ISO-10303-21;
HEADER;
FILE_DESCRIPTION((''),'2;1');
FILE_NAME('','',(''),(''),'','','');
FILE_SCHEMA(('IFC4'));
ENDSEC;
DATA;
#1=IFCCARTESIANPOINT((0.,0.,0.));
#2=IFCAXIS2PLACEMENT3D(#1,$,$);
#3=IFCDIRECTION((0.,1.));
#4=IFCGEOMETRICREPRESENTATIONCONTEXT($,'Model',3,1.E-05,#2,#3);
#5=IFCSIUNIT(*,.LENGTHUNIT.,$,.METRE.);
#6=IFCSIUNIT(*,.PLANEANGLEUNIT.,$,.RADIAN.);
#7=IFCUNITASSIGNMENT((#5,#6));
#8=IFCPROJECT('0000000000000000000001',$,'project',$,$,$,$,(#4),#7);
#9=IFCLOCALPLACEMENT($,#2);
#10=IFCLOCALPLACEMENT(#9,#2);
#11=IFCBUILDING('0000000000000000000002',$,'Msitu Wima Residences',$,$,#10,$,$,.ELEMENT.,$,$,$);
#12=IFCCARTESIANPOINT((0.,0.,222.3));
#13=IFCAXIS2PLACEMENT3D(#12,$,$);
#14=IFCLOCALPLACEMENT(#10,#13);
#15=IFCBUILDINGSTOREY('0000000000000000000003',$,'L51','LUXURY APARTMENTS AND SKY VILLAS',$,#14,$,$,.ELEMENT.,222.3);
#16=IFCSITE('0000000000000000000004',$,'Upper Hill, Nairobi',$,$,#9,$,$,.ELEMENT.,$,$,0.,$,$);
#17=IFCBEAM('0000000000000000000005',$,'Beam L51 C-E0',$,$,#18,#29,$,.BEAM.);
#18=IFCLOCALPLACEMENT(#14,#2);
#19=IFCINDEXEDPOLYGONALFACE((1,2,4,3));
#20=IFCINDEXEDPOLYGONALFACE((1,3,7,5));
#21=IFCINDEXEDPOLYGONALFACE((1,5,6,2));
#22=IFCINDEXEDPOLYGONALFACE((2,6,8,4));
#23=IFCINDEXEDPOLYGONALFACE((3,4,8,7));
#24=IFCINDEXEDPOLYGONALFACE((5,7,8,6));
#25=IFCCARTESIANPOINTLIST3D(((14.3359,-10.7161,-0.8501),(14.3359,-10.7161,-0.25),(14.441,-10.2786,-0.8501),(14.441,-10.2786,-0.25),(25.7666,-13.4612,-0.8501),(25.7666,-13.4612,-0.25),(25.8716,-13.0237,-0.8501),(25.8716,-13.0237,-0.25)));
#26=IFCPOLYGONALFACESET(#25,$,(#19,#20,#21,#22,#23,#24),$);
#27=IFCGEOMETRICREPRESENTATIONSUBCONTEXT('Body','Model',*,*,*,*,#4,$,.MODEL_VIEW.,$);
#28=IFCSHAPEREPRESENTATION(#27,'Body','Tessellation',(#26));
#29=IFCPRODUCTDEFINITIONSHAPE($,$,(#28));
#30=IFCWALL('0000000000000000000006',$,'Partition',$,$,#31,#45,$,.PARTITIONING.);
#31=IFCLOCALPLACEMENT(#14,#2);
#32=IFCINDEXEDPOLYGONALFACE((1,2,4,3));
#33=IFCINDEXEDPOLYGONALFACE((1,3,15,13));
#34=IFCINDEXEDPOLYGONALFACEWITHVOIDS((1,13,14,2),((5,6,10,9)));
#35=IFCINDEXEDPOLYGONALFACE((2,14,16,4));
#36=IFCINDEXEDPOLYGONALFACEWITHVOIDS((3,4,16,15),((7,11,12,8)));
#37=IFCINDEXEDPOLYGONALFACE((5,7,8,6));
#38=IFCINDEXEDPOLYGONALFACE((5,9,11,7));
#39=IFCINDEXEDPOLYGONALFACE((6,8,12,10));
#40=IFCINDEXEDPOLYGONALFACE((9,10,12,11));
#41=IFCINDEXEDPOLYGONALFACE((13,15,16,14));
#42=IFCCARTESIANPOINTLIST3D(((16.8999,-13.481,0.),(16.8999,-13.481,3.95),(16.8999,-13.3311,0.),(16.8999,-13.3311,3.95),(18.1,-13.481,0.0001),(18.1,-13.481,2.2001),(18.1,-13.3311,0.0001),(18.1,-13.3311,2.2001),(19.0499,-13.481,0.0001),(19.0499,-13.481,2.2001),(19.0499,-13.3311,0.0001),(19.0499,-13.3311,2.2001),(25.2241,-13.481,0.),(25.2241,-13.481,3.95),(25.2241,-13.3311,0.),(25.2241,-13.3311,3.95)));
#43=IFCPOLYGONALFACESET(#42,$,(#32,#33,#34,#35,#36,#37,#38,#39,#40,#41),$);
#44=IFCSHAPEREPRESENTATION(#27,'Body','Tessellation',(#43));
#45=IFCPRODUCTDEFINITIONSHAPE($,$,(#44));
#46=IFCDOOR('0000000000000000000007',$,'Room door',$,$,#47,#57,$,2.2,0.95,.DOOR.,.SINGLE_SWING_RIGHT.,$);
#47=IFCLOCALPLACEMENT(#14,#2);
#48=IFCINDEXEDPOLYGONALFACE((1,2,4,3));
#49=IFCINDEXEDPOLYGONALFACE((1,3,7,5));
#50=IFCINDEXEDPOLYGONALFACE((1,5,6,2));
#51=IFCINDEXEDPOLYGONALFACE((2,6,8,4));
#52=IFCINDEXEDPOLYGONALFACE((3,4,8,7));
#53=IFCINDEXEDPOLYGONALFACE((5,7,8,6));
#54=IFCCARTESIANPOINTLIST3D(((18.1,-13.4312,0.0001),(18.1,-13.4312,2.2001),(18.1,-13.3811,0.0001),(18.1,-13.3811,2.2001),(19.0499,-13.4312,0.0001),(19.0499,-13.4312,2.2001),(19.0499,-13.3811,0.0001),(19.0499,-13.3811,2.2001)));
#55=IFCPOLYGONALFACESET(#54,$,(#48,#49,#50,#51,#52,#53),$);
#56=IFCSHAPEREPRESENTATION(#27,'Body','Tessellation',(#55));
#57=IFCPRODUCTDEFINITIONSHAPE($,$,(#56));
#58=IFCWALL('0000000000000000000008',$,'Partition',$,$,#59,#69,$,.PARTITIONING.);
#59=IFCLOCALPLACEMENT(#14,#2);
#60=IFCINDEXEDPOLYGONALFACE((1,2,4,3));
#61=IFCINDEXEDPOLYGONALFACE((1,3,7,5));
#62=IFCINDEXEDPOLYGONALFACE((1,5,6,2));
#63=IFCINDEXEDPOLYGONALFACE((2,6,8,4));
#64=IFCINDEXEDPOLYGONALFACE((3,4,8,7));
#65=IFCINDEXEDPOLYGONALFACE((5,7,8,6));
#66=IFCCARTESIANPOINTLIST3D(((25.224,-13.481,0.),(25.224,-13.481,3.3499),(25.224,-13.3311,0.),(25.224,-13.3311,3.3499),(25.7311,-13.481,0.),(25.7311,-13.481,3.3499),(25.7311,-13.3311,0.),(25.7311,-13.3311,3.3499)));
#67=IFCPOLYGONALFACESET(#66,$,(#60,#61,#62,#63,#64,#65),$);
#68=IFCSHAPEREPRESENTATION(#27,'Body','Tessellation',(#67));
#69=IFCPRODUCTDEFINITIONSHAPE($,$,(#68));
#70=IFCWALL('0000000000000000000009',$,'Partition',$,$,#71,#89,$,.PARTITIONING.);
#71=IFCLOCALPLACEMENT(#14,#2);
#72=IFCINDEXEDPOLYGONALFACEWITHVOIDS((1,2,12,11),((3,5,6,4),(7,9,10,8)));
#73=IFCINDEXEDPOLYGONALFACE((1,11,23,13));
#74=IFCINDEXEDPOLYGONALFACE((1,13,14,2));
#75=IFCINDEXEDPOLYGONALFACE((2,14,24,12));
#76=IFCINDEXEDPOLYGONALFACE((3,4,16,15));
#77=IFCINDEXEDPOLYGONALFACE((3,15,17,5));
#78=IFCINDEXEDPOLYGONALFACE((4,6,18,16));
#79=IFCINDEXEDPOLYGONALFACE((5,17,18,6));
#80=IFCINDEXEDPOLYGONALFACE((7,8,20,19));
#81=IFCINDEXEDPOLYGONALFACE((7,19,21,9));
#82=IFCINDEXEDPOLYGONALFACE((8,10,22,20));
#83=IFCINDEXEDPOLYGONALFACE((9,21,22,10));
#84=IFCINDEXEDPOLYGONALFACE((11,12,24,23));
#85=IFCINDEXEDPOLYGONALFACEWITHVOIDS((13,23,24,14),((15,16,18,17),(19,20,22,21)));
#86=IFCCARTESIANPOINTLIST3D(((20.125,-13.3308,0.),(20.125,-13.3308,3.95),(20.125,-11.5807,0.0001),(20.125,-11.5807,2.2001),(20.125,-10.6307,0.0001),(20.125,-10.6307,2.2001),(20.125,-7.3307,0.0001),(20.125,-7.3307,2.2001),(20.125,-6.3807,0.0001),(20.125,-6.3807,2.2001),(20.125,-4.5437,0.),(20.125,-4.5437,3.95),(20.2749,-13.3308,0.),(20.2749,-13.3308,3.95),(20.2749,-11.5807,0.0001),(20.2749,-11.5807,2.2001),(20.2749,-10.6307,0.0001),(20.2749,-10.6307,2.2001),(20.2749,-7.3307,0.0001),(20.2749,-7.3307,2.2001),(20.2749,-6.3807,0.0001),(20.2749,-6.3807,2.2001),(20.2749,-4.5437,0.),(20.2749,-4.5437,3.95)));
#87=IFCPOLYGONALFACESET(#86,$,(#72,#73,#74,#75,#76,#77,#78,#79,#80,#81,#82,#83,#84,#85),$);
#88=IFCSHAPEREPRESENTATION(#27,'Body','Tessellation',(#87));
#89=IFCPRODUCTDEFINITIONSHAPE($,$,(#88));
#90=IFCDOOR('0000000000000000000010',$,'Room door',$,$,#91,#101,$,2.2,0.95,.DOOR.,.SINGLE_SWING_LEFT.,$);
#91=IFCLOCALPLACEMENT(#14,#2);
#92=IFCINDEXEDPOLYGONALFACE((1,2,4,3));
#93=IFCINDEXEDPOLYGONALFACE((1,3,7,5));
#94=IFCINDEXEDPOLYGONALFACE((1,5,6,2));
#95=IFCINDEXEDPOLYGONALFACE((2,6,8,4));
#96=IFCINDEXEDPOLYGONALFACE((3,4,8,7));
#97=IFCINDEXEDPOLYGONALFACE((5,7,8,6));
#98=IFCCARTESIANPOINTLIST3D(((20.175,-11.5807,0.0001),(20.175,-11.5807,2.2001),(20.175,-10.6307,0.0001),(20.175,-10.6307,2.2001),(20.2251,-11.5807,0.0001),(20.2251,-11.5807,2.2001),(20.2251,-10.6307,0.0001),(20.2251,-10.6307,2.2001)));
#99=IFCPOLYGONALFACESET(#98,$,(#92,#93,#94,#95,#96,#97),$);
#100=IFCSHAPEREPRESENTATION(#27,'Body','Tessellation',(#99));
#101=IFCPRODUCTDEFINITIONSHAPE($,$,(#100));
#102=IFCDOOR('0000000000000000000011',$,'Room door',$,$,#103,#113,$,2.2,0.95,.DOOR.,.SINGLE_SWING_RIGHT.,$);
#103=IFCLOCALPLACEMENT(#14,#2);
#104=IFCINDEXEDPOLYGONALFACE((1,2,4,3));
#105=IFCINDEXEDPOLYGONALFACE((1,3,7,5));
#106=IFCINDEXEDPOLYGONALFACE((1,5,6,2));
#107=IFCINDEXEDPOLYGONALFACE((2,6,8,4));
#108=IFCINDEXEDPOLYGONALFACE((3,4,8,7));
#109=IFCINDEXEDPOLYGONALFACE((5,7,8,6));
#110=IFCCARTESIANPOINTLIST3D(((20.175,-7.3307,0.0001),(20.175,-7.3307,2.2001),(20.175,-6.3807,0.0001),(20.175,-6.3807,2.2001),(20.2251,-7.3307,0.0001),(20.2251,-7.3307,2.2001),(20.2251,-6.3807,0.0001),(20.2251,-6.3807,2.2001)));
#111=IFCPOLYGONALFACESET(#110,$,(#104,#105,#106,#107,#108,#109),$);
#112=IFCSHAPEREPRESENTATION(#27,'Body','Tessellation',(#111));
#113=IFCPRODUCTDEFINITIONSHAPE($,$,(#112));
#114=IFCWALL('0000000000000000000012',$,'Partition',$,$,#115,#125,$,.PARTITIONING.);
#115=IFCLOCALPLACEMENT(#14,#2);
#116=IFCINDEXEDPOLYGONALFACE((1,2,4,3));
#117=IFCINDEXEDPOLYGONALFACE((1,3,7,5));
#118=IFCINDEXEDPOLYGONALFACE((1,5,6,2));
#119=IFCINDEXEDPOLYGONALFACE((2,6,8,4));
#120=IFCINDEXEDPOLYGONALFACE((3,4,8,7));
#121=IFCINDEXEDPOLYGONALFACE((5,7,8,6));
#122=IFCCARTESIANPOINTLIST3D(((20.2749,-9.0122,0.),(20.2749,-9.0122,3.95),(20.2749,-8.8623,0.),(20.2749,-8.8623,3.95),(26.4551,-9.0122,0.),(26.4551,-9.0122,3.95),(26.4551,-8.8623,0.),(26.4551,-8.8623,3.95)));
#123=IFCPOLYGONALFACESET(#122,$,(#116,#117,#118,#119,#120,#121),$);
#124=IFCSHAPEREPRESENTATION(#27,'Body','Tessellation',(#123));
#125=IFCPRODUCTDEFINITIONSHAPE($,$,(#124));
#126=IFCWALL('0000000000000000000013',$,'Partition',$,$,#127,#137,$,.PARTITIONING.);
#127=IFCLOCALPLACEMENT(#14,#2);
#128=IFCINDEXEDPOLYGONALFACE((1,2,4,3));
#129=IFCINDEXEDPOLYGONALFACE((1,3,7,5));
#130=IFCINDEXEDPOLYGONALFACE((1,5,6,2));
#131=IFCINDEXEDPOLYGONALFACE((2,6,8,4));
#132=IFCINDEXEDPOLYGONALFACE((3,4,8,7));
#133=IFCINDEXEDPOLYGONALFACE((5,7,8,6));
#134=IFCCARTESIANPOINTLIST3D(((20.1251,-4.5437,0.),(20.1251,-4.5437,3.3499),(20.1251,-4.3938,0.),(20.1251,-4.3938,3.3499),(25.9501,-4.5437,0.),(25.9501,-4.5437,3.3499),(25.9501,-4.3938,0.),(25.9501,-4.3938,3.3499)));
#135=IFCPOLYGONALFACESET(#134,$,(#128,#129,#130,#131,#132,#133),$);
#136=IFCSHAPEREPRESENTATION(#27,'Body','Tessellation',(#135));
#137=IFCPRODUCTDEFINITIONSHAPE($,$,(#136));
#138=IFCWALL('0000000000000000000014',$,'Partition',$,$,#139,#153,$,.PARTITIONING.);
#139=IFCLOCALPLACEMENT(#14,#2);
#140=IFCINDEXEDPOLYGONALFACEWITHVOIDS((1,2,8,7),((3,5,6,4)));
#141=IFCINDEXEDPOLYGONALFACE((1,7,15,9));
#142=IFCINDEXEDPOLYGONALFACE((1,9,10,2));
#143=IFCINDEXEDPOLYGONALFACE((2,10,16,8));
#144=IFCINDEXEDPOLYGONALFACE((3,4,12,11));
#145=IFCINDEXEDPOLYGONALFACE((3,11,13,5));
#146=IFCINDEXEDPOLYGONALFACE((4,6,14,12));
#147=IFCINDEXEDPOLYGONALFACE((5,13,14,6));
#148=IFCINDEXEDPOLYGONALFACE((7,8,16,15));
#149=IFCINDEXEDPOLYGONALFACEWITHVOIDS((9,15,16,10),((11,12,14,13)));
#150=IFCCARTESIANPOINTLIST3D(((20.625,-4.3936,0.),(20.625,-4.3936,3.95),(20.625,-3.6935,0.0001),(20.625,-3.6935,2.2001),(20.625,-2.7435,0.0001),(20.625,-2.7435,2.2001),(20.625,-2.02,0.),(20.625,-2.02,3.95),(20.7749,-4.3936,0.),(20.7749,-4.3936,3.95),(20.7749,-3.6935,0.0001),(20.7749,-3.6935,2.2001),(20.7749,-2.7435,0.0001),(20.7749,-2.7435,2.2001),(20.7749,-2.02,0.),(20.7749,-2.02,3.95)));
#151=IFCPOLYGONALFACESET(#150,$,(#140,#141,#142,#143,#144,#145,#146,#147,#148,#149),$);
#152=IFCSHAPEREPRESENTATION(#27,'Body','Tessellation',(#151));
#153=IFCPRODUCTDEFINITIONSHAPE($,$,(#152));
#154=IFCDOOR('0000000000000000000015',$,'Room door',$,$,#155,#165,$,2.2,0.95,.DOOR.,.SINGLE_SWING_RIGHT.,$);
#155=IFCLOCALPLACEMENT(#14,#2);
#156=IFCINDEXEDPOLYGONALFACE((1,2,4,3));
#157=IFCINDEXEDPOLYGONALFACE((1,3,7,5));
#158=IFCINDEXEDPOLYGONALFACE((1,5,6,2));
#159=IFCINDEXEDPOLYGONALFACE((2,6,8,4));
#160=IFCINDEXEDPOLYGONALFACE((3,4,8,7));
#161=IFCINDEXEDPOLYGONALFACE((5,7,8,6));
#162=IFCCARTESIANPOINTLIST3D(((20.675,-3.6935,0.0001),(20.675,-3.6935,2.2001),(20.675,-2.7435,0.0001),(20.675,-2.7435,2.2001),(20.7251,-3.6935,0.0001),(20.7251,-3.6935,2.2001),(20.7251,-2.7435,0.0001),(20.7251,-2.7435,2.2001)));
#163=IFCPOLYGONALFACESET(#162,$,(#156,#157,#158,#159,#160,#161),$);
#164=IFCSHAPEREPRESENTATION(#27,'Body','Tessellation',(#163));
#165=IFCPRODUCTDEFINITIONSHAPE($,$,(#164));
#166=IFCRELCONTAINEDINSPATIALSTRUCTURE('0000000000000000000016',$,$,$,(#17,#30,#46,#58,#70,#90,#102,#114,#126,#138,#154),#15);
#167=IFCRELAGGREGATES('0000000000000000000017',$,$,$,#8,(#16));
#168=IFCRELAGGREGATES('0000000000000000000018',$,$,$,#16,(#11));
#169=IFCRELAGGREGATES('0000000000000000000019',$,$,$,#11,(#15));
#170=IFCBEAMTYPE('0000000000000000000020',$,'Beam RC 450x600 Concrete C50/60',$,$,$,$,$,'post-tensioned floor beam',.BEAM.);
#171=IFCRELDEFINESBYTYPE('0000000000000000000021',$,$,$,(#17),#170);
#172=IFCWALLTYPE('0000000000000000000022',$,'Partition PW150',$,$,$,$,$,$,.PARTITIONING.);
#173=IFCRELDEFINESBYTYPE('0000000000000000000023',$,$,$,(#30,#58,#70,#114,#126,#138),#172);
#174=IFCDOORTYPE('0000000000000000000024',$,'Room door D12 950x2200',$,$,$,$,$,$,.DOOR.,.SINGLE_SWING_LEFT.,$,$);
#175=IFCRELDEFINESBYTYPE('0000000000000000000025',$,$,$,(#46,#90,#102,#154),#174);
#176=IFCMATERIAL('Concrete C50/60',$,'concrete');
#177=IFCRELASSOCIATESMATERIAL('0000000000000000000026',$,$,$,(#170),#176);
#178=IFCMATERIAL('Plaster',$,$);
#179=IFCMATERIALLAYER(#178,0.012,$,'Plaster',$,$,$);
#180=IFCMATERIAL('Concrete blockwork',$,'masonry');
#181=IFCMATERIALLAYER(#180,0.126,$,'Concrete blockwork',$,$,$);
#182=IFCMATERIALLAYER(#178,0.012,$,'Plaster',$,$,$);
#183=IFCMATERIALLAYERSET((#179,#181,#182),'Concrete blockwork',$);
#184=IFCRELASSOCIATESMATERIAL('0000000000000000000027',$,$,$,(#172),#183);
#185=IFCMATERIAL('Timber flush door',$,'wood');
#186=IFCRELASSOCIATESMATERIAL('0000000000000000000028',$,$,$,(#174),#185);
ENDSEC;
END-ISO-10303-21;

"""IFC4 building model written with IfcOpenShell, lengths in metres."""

from ifc_helpers import new_model, si_unit, direction, frame, frame_2d, origin, origin_2d, place, context, subcontext, project, spatial, rectangle, extrude, material, layer, layer_set, material_profile, profile_set, type_object, element, fill, save


model = new_model("IFC4")

# Units and contexts
model_context = context("Model", 3, precision=1e-05, world=origin(), true_north=direction((0.0, 1.0)))
body_context = subcontext(model_context, "Body", "Model", "MODEL_VIEW")
ifc_project = project(units=[si_unit("LENGTHUNIT", "METRE"), si_unit("PLANEANGLEUNIT", "RADIAN")], contexts=[model_context])

# Site, building, storey
site_placement = place(None, origin())
site = spatial("IfcSite", under=ifc_project, at=site_placement, Name="Upper Hill, Nairobi", CompositionType="ELEMENT", RefElevation=0.0)
building_placement = place(site_placement, origin())
building = spatial("IfcBuilding", under=site, at=building_placement, Name="Msitu Wima Residences", CompositionType="ELEMENT")
storey_placement = place(building_placement, frame((0.0, 0.0, 222.3)))
storey = spatial("IfcBuildingStorey", under=building, at=storey_placement, Name="L51", Description="LUXURY APARTMENTS AND SKY VILLAS", CompositionType="ELEMENT", Elevation=222.3)

# Beam
ifc_material_1 = material(Name="Concrete C50/60", Category="concrete")
ifc_material_profile = material_profile(ifc_material_1, rectangle(XDim=0.45, YDim=0.6001, at=origin_2d()), Name="RC 450x600")
ifc_profile_set = profile_set([ifc_material_profile], Name="Concrete C50/60")
beam_type = type_object("IfcBeamType", Name="Beam RC 450x600 Concrete C50/60", ElementType="post-tensioned floor beam", PredefinedType="BEAM", material=ifc_profile_set)
beam_placement = place(storey_placement, frame((25.8191, -13.2424, -0.55), z_axis=(-0.972353, 0.233514, 0.0), x_axis=(-0.233514, -0.972353, 0.0)))
element("IfcBeam", 1, at=beam_placement, inside=storey, type_object=beam_type, Name="Beam L51 C-E0", PredefinedType="BEAM", context=body_context, shape_type="SweptSolid", body=[
    extrude(rectangle(XDim=0.45, YDim=0.6001, at=origin_2d()), origin(), (0.0, 0.0, 1.0), 11.7556),
])

# Wall, opening, door
ifc_material_2 = material(Name="Plaster")
ifc_layer_1 = layer(ifc_material_2, 0.012, Name="Plaster")
ifc_material_3 = material(Name="Concrete blockwork", Category="masonry")
ifc_layer_2 = layer(ifc_material_3, 0.126, Name="Concrete blockwork")
ifc_layer_3 = layer(ifc_material_2, 0.012, Name="Plaster")
ifc_layer_set_1 = layer_set([ifc_layer_1, ifc_layer_2, ifc_layer_3], Name="Concrete blockwork")
wall_type_1 = type_object("IfcWallType", Name="Partition PW150", PredefinedType="PARTITIONING", material=ifc_layer_set_1)
wall_1_placement = place(storey_placement, frame((16.8999, -13.406, 0.0), z_axis=(0.0, 0.0, 1.0), x_axis=(1.0, 0.0, 0.0)))
wall_1 = element("IfcWall", 2, at=wall_1_placement, inside=storey, type_object=wall_type_1, Name="Partition", PredefinedType="PARTITIONING", context=body_context, shape_type="SweptSolid", body=[
    extrude(rectangle(XDim=8.3242, YDim=0.1499, at=frame_2d((4.1621, 0.0))), origin(), (0.0, 0.0, 1.0), 3.95),
])
opening_1_placement = place(wall_1_placement, frame((1.2, 0.0, 0.0)))
opening_1 = element("IfcOpeningElement", 3, at=opening_1_placement, cuts=wall_1, PredefinedType="OPENING", context=body_context, shape_type="SweptSolid", body=[
    extrude(rectangle(XDim=0.95, YDim=2.2, at=frame_2d((0.4751, 1.1001))), frame((0.0, 0.085, 0.0), z_axis=(0.0, -1.0, 0.0), x_axis=(1.0, 0.0, 0.0)), (0.0, 0.0, 1.0), 0.1699),
])
ifc_material_4 = material(Name="Timber flush door", Category="wood")
door_type_1 = type_object("IfcDoorType", Name="Room door D12 950x2200", OperationType="SINGLE_SWING_LEFT", PredefinedType="DOOR", material=ifc_material_4)
door_1_placement = place(opening_1_placement, origin())
door_1 = element("IfcDoor", 4, at=door_1_placement, inside=storey, type_object=door_type_1, Name="Room door", OperationType="SINGLE_SWING_RIGHT", OverallHeight=2.2, OverallWidth=0.95, PredefinedType="DOOR", context=body_context, shape_type="SweptSolid", body=[
    extrude(rectangle(XDim=0.95, YDim=2.2, at=frame_2d((0.4751, 1.1001))), frame((0.0, 0.0249, 0.0), z_axis=(0.0, -1.0, 0.0), x_axis=(1.0, 0.0, 0.0)), (0.0, 0.0, 1.0), 0.05),
])
fill(opening_1, door_1)

# Wall
wall_2_placement = place(storey_placement, frame((25.2241, -13.406, 0.0), z_axis=(0.0, 0.0, 1.0), x_axis=(1.0, 0.0, 0.0)))
element("IfcWall", 5, at=wall_2_placement, inside=storey, type_object=wall_type_1, Name="Partition", PredefinedType="PARTITIONING", context=body_context, shape_type="SweptSolid", body=[
    extrude(rectangle(XDim=0.5071, YDim=0.1499, at=frame_2d((0.2534, 0.0))), origin(), (0.0, 0.0, 1.0), 3.3499),
])

# Wall, openings, doors
wall_3_placement = place(storey_placement, frame((20.2, -13.3308, 0.0), z_axis=(0.0, 0.0, 1.0), x_axis=(0.0, 1.0, 0.0)))
wall_3 = element("IfcWall", 6, at=wall_3_placement, inside=storey, type_object=wall_type_1, Name="Partition", PredefinedType="PARTITIONING", context=body_context, shape_type="SweptSolid", body=[
    extrude(rectangle(XDim=8.7871, YDim=0.1499, at=frame_2d((4.3936, 0.0))), origin(), (0.0, 0.0, 1.0), 3.95),
])
opening_2_placement = place(wall_3_placement, frame((1.75, 0.0, 0.0)))
opening_2 = element("IfcOpeningElement", 7, at=opening_2_placement, cuts=wall_3, PredefinedType="OPENING", context=body_context, shape_type="SweptSolid", body=[
    extrude(rectangle(XDim=0.95, YDim=2.2, at=frame_2d((0.4751, 1.1001))), frame((0.0, 0.085, 0.0), z_axis=(0.0, -1.0, 0.0), x_axis=(1.0, 0.0, 0.0)), (0.0, 0.0, 1.0), 0.1699),
])
opening_3_placement = place(wall_3_placement, frame((6.0, 0.0, 0.0)))
opening_3 = element("IfcOpeningElement", 8, at=opening_3_placement, cuts=wall_3, PredefinedType="OPENING", context=body_context, shape_type="SweptSolid", body=[
    extrude(rectangle(XDim=0.95, YDim=2.2, at=frame_2d((0.4751, 1.1001))), frame((0.0, 0.085, 0.0), z_axis=(0.0, -1.0, 0.0), x_axis=(1.0, 0.0, 0.0)), (0.0, 0.0, 1.0), 0.1699),
])
door_2_placement = place(opening_2_placement, origin())
door_2 = element("IfcDoor", 9, at=door_2_placement, inside=storey, type_object=door_type_1, Name="Room door", OperationType="SINGLE_SWING_LEFT", OverallHeight=2.2, OverallWidth=0.95, PredefinedType="DOOR", context=body_context, shape_type="SweptSolid", body=[
    extrude(rectangle(XDim=0.95, YDim=2.2, at=frame_2d((0.4751, 1.1001))), frame((0.0, 0.0249, 0.0), z_axis=(0.0, -1.0, 0.0), x_axis=(1.0, 0.0, 0.0)), (0.0, 0.0, 1.0), 0.05),
])
fill(opening_2, door_2)
door_3_placement = place(opening_3_placement, origin())
door_3 = element("IfcDoor", 10, at=door_3_placement, inside=storey, type_object=door_type_1, Name="Room door", OperationType="SINGLE_SWING_RIGHT", OverallHeight=2.2, OverallWidth=0.95, PredefinedType="DOOR", context=body_context, shape_type="SweptSolid", body=[
    extrude(rectangle(XDim=0.95, YDim=2.2, at=frame_2d((0.4751, 1.1001))), frame((0.0, 0.0249, 0.0), z_axis=(0.0, -1.0, 0.0), x_axis=(1.0, 0.0, 0.0)), (0.0, 0.0, 1.0), 0.05),
])
fill(opening_3, door_3)

# Walls
wall_4_placement = place(storey_placement, frame((20.2749, -8.9373, 0.0), z_axis=(0.0, 0.0, 1.0), x_axis=(1.0, 0.0, 0.0)))
element("IfcWall", 11, at=wall_4_placement, inside=storey, type_object=wall_type_1, Name="Partition", PredefinedType="PARTITIONING", context=body_context, shape_type="SweptSolid", body=[
    extrude(rectangle(XDim=6.1802, YDim=0.1499, at=frame_2d((3.0901, 0.0))), origin(), (0.0, 0.0, 1.0), 3.95),
])
wall_5_placement = place(storey_placement, frame((20.125, -4.4688, 0.0), z_axis=(0.0, 0.0, 1.0), x_axis=(1.0, 0.0, 0.0)))
element("IfcWall", 12, at=wall_5_placement, inside=storey, type_object=wall_type_1, Name="Partition", PredefinedType="PARTITIONING", context=body_context, shape_type="SweptSolid", body=[
    extrude(rectangle(XDim=5.825, YDim=0.1499, at=frame_2d((2.9126, 0.0))), origin(), (0.0, 0.0, 1.0), 3.3499),
])

# Wall, opening, door
wall_6_placement = place(storey_placement, frame((20.7, -4.3936, 0.0), z_axis=(0.0, 0.0, 1.0), x_axis=(0.0, 1.0, 0.0)))
wall_6 = element("IfcWall", 13, at=wall_6_placement, inside=storey, type_object=wall_type_1, Name="Partition", PredefinedType="PARTITIONING", context=body_context, shape_type="SweptSolid", body=[
    extrude(rectangle(XDim=2.3735, YDim=0.1499, at=frame_2d((1.1868, 0.0))), origin(), (0.0, 0.0, 1.0), 3.95),
])
opening_4_placement = place(wall_6_placement, frame((0.7, 0.0, 0.0)))
opening_4 = element("IfcOpeningElement", 14, at=opening_4_placement, cuts=wall_6, PredefinedType="OPENING", context=body_context, shape_type="SweptSolid", body=[
    extrude(rectangle(XDim=0.95, YDim=2.2, at=frame_2d((0.4751, 1.1001))), frame((0.0, 0.085, 0.0), z_axis=(0.0, -1.0, 0.0), x_axis=(1.0, 0.0, 0.0)), (0.0, 0.0, 1.0), 0.1699),
])
door_4_placement = place(opening_4_placement, origin())
door_4 = element("IfcDoor", 15, at=door_4_placement, inside=storey, type_object=door_type_1, Name="Room door", OperationType="SINGLE_SWING_RIGHT", OverallHeight=2.2, OverallWidth=0.95, PredefinedType="DOOR", context=body_context, shape_type="SweptSolid", body=[
    extrude(rectangle(XDim=0.95, YDim=2.2, at=frame_2d((0.4751, 1.1001))), frame((0.0, 0.0249, 0.0), z_axis=(0.0, -1.0, 0.0), x_axis=(1.0, 0.0, 0.0)), (0.0, 0.0, 1.0), 0.05),
])
fill(opening_4, door_4)

save(model, "model.ifc")
